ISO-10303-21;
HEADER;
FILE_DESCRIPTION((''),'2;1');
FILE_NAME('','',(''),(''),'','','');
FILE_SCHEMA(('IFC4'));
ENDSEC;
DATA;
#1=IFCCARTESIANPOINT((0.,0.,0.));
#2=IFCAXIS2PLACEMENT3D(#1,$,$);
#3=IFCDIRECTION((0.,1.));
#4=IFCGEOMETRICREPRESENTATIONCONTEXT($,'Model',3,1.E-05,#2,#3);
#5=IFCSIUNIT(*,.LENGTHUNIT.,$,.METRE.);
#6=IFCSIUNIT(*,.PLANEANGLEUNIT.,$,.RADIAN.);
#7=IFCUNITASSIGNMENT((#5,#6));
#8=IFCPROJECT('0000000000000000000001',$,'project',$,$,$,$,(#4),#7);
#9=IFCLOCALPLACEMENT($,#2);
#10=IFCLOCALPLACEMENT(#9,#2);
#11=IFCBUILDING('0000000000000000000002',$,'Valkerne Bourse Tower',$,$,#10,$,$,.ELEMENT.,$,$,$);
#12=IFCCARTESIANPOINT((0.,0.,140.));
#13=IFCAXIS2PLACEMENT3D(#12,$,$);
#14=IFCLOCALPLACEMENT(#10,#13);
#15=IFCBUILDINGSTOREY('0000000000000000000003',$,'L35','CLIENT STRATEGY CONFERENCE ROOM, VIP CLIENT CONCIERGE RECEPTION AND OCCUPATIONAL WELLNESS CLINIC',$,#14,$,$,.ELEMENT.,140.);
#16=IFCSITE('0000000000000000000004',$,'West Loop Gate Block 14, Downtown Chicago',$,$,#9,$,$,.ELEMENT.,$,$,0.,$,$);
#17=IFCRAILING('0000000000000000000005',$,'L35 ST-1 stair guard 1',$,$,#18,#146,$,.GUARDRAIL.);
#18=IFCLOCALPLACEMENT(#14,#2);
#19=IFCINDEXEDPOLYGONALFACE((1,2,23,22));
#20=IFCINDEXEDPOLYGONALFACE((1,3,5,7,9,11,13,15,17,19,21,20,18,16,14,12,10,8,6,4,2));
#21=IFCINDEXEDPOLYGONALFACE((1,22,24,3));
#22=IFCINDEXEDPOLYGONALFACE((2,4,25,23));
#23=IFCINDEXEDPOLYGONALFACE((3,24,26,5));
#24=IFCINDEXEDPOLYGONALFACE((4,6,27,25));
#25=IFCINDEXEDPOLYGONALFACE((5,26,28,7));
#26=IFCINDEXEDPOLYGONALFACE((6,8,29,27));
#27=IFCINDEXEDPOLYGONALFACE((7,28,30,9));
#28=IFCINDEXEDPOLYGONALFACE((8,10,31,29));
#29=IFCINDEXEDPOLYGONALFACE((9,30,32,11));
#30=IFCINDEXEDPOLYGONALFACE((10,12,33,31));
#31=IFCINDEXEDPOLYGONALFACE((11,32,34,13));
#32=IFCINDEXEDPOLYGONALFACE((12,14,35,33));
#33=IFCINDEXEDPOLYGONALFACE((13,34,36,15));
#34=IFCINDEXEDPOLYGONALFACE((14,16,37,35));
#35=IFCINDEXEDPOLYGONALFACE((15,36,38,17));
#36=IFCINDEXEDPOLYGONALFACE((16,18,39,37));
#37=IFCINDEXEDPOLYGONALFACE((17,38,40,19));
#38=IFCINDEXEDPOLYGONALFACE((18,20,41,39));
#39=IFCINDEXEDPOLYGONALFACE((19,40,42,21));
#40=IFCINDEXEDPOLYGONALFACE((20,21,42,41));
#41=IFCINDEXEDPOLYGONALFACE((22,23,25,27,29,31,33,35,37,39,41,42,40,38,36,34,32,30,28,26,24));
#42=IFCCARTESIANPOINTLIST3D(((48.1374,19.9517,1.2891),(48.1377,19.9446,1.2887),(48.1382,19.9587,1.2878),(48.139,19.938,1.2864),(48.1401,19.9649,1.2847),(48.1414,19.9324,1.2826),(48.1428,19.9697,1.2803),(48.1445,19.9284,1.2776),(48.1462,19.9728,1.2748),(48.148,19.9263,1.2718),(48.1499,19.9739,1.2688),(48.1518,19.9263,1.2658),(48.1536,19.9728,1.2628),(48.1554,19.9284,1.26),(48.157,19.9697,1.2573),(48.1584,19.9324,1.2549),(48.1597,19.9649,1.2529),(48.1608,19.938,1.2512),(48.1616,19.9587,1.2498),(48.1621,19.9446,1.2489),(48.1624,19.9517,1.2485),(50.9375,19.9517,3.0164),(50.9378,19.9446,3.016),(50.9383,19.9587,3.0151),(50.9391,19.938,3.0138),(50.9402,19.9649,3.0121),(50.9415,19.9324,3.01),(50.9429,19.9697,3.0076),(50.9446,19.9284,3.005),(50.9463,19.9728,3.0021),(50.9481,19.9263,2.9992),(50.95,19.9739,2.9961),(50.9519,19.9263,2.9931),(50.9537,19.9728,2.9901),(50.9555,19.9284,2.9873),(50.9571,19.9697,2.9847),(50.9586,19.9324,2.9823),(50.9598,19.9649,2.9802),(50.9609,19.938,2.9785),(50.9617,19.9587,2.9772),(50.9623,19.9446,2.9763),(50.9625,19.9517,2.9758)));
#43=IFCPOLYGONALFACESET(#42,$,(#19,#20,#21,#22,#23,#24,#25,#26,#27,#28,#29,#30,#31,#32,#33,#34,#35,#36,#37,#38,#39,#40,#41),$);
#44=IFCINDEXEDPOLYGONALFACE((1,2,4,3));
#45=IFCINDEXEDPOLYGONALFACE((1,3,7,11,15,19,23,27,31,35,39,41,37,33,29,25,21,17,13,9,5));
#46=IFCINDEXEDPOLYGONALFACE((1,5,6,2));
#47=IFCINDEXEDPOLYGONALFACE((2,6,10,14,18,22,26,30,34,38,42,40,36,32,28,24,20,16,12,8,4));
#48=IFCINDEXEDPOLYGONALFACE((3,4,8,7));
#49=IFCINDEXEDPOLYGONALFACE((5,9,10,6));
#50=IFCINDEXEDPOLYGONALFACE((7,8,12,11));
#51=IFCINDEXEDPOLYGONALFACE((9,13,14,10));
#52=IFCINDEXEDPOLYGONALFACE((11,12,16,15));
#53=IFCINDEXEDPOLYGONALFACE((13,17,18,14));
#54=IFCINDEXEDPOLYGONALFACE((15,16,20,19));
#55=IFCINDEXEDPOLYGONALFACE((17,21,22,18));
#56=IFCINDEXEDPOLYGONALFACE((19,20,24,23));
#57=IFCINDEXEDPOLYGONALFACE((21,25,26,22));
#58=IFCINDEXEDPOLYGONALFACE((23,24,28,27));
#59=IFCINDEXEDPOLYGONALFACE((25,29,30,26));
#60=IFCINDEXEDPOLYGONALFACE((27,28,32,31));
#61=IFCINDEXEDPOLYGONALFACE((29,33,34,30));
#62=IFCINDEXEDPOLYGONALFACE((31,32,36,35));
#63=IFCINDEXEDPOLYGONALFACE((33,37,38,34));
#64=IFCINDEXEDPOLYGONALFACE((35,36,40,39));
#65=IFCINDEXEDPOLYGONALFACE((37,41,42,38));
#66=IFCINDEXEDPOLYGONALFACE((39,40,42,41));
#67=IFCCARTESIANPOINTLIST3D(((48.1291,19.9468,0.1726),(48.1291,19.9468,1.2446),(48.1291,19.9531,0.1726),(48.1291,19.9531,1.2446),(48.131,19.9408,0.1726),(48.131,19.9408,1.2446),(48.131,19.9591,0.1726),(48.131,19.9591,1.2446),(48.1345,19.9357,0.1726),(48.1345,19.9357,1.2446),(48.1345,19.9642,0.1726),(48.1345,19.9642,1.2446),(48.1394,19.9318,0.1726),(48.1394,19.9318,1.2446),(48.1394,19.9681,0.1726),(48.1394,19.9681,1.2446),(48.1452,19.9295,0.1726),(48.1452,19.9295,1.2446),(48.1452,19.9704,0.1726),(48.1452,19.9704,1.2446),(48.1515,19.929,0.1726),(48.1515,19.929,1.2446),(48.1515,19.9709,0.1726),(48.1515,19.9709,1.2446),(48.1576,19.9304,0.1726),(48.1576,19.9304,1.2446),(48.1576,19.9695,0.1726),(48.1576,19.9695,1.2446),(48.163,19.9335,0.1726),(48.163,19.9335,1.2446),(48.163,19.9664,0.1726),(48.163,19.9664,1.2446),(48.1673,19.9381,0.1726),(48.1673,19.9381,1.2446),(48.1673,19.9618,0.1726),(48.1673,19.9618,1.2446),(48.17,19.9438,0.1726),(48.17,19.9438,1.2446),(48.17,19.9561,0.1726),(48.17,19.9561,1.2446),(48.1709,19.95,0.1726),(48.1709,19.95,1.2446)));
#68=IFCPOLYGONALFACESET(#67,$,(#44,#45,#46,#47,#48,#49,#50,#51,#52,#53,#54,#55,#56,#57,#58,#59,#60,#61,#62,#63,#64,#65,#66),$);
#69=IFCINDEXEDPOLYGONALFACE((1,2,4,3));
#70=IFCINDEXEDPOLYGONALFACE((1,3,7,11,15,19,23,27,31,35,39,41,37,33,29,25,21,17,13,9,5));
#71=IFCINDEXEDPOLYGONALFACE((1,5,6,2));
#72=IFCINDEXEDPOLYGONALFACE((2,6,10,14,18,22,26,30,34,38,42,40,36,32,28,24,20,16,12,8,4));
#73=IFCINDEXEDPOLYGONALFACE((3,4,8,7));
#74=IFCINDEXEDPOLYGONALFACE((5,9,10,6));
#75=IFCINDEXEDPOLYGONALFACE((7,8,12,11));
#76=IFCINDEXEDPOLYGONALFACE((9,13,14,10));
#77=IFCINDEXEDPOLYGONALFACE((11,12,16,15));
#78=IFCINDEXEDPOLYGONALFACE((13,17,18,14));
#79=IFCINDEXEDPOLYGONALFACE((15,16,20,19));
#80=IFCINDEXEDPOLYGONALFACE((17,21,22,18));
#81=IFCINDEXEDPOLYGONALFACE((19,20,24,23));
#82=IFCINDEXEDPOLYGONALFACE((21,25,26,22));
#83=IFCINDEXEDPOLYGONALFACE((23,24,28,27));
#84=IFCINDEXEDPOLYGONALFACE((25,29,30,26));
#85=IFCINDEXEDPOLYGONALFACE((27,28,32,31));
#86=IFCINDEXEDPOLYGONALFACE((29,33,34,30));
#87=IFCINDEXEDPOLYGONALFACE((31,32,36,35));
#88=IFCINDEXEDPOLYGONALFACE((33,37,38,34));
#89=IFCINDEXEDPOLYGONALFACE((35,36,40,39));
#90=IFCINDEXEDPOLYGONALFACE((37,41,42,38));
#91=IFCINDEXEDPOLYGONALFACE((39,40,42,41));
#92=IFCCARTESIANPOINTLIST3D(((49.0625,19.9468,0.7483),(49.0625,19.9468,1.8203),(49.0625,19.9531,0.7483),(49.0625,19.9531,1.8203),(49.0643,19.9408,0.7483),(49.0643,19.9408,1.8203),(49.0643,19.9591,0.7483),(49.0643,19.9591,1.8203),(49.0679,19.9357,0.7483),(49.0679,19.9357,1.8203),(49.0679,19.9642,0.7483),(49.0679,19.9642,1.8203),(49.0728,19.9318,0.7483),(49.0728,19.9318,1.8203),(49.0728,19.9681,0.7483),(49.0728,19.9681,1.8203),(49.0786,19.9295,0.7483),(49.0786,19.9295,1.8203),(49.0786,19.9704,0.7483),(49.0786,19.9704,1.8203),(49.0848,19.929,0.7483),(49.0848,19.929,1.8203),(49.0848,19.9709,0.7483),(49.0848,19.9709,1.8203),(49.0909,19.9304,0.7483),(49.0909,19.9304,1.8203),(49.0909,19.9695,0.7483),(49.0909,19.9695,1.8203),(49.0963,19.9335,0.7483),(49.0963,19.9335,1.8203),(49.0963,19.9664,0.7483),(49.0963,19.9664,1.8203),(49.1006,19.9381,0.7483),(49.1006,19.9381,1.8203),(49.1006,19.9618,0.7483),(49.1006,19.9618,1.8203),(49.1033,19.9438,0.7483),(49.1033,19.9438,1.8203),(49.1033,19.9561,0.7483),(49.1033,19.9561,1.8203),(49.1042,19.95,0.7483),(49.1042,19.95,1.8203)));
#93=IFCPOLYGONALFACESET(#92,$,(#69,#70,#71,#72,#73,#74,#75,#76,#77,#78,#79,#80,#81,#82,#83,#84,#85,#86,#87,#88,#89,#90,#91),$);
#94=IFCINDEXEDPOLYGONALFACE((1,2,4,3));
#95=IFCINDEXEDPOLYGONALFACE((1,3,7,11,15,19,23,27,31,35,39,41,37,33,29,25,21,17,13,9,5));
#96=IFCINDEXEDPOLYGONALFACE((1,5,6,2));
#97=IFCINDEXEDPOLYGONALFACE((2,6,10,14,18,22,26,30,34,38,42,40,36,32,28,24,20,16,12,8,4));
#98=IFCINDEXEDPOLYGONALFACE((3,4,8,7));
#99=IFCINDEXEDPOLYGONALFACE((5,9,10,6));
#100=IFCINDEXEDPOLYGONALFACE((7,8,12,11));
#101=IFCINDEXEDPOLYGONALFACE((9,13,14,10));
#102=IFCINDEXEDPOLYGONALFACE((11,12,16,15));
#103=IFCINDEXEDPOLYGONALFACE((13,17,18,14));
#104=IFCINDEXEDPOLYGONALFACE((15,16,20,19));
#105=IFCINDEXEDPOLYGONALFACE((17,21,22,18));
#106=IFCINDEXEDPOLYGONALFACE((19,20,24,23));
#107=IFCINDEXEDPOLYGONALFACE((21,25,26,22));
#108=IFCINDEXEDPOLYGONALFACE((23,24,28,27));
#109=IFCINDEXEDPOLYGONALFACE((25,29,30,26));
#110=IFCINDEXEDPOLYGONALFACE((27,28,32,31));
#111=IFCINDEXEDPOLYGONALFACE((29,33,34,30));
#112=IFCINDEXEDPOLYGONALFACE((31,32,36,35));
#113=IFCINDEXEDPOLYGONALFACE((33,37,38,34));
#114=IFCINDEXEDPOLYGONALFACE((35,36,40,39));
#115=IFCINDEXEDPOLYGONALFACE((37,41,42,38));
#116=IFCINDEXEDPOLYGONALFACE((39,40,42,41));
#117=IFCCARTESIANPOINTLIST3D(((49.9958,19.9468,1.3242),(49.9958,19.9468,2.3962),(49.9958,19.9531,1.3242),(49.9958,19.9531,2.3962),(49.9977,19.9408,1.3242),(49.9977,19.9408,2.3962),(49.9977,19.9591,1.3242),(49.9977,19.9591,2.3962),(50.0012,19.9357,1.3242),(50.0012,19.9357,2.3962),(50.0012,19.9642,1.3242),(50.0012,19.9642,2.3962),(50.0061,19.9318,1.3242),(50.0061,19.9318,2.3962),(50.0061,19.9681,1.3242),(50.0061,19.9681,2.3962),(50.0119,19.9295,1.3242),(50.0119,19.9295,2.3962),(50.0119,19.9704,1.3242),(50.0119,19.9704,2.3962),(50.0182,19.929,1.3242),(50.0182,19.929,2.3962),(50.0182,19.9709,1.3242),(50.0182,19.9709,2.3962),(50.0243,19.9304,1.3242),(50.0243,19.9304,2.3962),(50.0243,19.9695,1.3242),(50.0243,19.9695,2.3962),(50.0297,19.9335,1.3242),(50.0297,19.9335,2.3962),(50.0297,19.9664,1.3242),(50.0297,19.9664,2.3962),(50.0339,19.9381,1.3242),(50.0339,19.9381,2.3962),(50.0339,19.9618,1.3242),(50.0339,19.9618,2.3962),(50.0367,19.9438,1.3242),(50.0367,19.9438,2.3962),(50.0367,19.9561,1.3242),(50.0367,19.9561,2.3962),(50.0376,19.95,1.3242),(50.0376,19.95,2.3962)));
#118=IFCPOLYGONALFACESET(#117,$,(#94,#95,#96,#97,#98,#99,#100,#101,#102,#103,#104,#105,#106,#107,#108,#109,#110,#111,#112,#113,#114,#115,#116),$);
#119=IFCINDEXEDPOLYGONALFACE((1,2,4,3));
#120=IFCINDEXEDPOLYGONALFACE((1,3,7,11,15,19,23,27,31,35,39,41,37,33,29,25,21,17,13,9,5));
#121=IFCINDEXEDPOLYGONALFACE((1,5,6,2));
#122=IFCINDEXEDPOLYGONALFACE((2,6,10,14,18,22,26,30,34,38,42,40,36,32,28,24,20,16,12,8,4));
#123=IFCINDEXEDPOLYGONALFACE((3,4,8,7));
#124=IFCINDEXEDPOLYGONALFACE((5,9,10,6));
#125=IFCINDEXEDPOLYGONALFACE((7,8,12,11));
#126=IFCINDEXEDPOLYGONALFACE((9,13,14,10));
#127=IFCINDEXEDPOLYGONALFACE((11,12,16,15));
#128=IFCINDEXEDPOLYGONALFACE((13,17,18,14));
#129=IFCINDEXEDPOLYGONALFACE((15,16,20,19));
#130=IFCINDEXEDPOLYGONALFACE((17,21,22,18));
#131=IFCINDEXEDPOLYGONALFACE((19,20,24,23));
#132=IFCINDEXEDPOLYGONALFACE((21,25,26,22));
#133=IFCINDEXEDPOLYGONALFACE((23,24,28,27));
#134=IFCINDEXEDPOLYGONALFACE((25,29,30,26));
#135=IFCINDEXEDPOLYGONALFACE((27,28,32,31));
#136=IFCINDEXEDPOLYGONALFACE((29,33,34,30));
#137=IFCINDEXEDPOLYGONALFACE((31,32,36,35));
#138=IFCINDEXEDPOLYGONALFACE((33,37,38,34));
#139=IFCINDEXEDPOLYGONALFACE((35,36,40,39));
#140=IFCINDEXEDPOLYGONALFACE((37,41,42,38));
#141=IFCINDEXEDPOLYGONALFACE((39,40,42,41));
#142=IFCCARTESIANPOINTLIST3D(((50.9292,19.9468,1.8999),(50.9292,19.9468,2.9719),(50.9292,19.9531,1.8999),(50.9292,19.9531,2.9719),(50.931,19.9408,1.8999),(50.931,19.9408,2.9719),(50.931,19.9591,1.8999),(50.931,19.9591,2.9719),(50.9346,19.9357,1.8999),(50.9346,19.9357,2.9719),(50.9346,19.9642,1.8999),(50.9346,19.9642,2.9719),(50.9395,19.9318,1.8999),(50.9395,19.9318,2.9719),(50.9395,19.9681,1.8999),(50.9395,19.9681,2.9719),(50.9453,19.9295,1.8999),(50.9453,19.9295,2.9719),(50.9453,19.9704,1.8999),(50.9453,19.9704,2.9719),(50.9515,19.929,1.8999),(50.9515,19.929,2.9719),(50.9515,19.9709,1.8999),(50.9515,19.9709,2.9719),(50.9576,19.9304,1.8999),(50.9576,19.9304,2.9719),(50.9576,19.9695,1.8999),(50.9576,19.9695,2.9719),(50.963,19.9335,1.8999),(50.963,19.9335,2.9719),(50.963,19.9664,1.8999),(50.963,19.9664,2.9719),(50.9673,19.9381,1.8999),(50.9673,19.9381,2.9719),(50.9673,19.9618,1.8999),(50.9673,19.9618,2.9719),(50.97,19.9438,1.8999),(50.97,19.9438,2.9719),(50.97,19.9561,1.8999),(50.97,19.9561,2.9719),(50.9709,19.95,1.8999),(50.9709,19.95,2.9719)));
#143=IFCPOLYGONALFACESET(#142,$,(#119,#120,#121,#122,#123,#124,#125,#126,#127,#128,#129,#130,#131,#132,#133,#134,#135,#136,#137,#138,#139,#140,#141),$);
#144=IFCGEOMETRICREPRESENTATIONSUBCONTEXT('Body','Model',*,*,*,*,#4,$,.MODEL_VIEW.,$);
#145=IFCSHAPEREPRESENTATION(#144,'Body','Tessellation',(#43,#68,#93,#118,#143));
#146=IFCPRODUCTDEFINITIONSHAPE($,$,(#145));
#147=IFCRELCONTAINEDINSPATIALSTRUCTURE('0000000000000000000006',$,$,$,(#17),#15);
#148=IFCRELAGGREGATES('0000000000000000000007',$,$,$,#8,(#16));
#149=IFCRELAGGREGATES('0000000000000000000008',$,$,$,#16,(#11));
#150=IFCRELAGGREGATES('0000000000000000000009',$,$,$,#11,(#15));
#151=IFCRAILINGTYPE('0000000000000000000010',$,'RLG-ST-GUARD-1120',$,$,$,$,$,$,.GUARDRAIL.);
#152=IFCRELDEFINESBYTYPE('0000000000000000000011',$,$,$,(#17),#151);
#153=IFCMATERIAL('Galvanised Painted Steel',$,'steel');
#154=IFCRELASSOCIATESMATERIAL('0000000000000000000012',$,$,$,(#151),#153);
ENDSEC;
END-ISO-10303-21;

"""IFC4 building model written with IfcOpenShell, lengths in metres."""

from ifc_helpers import new_model, si_unit, direction, frame, origin, origin_2d, place, context, subcontext, project, spatial, circle, extrude, material, type_object, element, save


model = new_model("IFC4")

# Units and contexts
model_context = context("Model", 3, precision=1e-05, world=origin(), true_north=direction((0.0, 1.0)))
body_context = subcontext(model_context, "Body", "Model", "MODEL_VIEW")
ifc_project = project(units=[si_unit("LENGTHUNIT", "METRE"), si_unit("PLANEANGLEUNIT", "RADIAN")], contexts=[model_context])

# Site, building, storey
site_placement = place(None, origin())
site = spatial("IfcSite", under=ifc_project, at=site_placement, Name="West Loop Gate Block 14, Downtown Chicago", CompositionType="ELEMENT", RefElevation=0.0)
building_placement = place(site_placement, origin())
building = spatial("IfcBuilding", under=site, at=building_placement, Name="Valkerne Bourse Tower", CompositionType="ELEMENT")
storey_placement = place(building_placement, frame((0.0, 0.0, 140.0)))
storey = spatial("IfcBuildingStorey", under=building, at=storey_placement, Name="L35", Description="CLIENT STRATEGY CONFERENCE ROOM, VIP CLIENT CONCIERGE RECEPTION AND OCCUPATIONAL WELLNESS CLINIC", CompositionType="ELEMENT", Elevation=140.0)

# Shared definitions
ifc_material_1 = material(Name="Galvanised Painted Steel", Category="steel")

# Railing
railing_type_1 = type_object("IfcRailingType", Name="RLG-ST-GUARD-1120", PredefinedType="GUARDRAIL", material=ifc_material_1)
railing_1_placement = place(storey_placement, frame((48.1499, 19.95, 0.1726)))
element("IfcRailing", 1, at=railing_1_placement, inside=storey, type_object=railing_type_1, Name="L35 ST-1 stair guard 1", PredefinedType="GUARDRAIL", context=body_context, shape_type="SweptSolid", body=[
    extrude(circle(Radius=0.0239, at=origin_2d()), frame((0.0, 0.0, 1.0962), z_axis=(0.85109, 0.0, 0.52502), x_axis=(0.0, 1.0, 0.0)), (0.0, 0.0, 1.0), 3.29),
    extrude(circle(Radius=0.021, at=origin_2d()), origin(), (0.0, 0.0, 1.0), 1.072),
    extrude(circle(Radius=0.021, at=origin_2d()), frame((0.9333, 0.0, 0.5757)), (0.0, 0.0, 1.0), 1.072),
    extrude(circle(Radius=0.021, at=origin_2d()), frame((1.8667, 0.0, 1.1516)), (0.0, 0.0, 1.0), 1.072),
    extrude(circle(Radius=0.021, at=origin_2d()), frame((2.8, 0.0, 1.7273)), (0.0, 0.0, 1.0), 1.072),
])

save(model, "model.ifc")
